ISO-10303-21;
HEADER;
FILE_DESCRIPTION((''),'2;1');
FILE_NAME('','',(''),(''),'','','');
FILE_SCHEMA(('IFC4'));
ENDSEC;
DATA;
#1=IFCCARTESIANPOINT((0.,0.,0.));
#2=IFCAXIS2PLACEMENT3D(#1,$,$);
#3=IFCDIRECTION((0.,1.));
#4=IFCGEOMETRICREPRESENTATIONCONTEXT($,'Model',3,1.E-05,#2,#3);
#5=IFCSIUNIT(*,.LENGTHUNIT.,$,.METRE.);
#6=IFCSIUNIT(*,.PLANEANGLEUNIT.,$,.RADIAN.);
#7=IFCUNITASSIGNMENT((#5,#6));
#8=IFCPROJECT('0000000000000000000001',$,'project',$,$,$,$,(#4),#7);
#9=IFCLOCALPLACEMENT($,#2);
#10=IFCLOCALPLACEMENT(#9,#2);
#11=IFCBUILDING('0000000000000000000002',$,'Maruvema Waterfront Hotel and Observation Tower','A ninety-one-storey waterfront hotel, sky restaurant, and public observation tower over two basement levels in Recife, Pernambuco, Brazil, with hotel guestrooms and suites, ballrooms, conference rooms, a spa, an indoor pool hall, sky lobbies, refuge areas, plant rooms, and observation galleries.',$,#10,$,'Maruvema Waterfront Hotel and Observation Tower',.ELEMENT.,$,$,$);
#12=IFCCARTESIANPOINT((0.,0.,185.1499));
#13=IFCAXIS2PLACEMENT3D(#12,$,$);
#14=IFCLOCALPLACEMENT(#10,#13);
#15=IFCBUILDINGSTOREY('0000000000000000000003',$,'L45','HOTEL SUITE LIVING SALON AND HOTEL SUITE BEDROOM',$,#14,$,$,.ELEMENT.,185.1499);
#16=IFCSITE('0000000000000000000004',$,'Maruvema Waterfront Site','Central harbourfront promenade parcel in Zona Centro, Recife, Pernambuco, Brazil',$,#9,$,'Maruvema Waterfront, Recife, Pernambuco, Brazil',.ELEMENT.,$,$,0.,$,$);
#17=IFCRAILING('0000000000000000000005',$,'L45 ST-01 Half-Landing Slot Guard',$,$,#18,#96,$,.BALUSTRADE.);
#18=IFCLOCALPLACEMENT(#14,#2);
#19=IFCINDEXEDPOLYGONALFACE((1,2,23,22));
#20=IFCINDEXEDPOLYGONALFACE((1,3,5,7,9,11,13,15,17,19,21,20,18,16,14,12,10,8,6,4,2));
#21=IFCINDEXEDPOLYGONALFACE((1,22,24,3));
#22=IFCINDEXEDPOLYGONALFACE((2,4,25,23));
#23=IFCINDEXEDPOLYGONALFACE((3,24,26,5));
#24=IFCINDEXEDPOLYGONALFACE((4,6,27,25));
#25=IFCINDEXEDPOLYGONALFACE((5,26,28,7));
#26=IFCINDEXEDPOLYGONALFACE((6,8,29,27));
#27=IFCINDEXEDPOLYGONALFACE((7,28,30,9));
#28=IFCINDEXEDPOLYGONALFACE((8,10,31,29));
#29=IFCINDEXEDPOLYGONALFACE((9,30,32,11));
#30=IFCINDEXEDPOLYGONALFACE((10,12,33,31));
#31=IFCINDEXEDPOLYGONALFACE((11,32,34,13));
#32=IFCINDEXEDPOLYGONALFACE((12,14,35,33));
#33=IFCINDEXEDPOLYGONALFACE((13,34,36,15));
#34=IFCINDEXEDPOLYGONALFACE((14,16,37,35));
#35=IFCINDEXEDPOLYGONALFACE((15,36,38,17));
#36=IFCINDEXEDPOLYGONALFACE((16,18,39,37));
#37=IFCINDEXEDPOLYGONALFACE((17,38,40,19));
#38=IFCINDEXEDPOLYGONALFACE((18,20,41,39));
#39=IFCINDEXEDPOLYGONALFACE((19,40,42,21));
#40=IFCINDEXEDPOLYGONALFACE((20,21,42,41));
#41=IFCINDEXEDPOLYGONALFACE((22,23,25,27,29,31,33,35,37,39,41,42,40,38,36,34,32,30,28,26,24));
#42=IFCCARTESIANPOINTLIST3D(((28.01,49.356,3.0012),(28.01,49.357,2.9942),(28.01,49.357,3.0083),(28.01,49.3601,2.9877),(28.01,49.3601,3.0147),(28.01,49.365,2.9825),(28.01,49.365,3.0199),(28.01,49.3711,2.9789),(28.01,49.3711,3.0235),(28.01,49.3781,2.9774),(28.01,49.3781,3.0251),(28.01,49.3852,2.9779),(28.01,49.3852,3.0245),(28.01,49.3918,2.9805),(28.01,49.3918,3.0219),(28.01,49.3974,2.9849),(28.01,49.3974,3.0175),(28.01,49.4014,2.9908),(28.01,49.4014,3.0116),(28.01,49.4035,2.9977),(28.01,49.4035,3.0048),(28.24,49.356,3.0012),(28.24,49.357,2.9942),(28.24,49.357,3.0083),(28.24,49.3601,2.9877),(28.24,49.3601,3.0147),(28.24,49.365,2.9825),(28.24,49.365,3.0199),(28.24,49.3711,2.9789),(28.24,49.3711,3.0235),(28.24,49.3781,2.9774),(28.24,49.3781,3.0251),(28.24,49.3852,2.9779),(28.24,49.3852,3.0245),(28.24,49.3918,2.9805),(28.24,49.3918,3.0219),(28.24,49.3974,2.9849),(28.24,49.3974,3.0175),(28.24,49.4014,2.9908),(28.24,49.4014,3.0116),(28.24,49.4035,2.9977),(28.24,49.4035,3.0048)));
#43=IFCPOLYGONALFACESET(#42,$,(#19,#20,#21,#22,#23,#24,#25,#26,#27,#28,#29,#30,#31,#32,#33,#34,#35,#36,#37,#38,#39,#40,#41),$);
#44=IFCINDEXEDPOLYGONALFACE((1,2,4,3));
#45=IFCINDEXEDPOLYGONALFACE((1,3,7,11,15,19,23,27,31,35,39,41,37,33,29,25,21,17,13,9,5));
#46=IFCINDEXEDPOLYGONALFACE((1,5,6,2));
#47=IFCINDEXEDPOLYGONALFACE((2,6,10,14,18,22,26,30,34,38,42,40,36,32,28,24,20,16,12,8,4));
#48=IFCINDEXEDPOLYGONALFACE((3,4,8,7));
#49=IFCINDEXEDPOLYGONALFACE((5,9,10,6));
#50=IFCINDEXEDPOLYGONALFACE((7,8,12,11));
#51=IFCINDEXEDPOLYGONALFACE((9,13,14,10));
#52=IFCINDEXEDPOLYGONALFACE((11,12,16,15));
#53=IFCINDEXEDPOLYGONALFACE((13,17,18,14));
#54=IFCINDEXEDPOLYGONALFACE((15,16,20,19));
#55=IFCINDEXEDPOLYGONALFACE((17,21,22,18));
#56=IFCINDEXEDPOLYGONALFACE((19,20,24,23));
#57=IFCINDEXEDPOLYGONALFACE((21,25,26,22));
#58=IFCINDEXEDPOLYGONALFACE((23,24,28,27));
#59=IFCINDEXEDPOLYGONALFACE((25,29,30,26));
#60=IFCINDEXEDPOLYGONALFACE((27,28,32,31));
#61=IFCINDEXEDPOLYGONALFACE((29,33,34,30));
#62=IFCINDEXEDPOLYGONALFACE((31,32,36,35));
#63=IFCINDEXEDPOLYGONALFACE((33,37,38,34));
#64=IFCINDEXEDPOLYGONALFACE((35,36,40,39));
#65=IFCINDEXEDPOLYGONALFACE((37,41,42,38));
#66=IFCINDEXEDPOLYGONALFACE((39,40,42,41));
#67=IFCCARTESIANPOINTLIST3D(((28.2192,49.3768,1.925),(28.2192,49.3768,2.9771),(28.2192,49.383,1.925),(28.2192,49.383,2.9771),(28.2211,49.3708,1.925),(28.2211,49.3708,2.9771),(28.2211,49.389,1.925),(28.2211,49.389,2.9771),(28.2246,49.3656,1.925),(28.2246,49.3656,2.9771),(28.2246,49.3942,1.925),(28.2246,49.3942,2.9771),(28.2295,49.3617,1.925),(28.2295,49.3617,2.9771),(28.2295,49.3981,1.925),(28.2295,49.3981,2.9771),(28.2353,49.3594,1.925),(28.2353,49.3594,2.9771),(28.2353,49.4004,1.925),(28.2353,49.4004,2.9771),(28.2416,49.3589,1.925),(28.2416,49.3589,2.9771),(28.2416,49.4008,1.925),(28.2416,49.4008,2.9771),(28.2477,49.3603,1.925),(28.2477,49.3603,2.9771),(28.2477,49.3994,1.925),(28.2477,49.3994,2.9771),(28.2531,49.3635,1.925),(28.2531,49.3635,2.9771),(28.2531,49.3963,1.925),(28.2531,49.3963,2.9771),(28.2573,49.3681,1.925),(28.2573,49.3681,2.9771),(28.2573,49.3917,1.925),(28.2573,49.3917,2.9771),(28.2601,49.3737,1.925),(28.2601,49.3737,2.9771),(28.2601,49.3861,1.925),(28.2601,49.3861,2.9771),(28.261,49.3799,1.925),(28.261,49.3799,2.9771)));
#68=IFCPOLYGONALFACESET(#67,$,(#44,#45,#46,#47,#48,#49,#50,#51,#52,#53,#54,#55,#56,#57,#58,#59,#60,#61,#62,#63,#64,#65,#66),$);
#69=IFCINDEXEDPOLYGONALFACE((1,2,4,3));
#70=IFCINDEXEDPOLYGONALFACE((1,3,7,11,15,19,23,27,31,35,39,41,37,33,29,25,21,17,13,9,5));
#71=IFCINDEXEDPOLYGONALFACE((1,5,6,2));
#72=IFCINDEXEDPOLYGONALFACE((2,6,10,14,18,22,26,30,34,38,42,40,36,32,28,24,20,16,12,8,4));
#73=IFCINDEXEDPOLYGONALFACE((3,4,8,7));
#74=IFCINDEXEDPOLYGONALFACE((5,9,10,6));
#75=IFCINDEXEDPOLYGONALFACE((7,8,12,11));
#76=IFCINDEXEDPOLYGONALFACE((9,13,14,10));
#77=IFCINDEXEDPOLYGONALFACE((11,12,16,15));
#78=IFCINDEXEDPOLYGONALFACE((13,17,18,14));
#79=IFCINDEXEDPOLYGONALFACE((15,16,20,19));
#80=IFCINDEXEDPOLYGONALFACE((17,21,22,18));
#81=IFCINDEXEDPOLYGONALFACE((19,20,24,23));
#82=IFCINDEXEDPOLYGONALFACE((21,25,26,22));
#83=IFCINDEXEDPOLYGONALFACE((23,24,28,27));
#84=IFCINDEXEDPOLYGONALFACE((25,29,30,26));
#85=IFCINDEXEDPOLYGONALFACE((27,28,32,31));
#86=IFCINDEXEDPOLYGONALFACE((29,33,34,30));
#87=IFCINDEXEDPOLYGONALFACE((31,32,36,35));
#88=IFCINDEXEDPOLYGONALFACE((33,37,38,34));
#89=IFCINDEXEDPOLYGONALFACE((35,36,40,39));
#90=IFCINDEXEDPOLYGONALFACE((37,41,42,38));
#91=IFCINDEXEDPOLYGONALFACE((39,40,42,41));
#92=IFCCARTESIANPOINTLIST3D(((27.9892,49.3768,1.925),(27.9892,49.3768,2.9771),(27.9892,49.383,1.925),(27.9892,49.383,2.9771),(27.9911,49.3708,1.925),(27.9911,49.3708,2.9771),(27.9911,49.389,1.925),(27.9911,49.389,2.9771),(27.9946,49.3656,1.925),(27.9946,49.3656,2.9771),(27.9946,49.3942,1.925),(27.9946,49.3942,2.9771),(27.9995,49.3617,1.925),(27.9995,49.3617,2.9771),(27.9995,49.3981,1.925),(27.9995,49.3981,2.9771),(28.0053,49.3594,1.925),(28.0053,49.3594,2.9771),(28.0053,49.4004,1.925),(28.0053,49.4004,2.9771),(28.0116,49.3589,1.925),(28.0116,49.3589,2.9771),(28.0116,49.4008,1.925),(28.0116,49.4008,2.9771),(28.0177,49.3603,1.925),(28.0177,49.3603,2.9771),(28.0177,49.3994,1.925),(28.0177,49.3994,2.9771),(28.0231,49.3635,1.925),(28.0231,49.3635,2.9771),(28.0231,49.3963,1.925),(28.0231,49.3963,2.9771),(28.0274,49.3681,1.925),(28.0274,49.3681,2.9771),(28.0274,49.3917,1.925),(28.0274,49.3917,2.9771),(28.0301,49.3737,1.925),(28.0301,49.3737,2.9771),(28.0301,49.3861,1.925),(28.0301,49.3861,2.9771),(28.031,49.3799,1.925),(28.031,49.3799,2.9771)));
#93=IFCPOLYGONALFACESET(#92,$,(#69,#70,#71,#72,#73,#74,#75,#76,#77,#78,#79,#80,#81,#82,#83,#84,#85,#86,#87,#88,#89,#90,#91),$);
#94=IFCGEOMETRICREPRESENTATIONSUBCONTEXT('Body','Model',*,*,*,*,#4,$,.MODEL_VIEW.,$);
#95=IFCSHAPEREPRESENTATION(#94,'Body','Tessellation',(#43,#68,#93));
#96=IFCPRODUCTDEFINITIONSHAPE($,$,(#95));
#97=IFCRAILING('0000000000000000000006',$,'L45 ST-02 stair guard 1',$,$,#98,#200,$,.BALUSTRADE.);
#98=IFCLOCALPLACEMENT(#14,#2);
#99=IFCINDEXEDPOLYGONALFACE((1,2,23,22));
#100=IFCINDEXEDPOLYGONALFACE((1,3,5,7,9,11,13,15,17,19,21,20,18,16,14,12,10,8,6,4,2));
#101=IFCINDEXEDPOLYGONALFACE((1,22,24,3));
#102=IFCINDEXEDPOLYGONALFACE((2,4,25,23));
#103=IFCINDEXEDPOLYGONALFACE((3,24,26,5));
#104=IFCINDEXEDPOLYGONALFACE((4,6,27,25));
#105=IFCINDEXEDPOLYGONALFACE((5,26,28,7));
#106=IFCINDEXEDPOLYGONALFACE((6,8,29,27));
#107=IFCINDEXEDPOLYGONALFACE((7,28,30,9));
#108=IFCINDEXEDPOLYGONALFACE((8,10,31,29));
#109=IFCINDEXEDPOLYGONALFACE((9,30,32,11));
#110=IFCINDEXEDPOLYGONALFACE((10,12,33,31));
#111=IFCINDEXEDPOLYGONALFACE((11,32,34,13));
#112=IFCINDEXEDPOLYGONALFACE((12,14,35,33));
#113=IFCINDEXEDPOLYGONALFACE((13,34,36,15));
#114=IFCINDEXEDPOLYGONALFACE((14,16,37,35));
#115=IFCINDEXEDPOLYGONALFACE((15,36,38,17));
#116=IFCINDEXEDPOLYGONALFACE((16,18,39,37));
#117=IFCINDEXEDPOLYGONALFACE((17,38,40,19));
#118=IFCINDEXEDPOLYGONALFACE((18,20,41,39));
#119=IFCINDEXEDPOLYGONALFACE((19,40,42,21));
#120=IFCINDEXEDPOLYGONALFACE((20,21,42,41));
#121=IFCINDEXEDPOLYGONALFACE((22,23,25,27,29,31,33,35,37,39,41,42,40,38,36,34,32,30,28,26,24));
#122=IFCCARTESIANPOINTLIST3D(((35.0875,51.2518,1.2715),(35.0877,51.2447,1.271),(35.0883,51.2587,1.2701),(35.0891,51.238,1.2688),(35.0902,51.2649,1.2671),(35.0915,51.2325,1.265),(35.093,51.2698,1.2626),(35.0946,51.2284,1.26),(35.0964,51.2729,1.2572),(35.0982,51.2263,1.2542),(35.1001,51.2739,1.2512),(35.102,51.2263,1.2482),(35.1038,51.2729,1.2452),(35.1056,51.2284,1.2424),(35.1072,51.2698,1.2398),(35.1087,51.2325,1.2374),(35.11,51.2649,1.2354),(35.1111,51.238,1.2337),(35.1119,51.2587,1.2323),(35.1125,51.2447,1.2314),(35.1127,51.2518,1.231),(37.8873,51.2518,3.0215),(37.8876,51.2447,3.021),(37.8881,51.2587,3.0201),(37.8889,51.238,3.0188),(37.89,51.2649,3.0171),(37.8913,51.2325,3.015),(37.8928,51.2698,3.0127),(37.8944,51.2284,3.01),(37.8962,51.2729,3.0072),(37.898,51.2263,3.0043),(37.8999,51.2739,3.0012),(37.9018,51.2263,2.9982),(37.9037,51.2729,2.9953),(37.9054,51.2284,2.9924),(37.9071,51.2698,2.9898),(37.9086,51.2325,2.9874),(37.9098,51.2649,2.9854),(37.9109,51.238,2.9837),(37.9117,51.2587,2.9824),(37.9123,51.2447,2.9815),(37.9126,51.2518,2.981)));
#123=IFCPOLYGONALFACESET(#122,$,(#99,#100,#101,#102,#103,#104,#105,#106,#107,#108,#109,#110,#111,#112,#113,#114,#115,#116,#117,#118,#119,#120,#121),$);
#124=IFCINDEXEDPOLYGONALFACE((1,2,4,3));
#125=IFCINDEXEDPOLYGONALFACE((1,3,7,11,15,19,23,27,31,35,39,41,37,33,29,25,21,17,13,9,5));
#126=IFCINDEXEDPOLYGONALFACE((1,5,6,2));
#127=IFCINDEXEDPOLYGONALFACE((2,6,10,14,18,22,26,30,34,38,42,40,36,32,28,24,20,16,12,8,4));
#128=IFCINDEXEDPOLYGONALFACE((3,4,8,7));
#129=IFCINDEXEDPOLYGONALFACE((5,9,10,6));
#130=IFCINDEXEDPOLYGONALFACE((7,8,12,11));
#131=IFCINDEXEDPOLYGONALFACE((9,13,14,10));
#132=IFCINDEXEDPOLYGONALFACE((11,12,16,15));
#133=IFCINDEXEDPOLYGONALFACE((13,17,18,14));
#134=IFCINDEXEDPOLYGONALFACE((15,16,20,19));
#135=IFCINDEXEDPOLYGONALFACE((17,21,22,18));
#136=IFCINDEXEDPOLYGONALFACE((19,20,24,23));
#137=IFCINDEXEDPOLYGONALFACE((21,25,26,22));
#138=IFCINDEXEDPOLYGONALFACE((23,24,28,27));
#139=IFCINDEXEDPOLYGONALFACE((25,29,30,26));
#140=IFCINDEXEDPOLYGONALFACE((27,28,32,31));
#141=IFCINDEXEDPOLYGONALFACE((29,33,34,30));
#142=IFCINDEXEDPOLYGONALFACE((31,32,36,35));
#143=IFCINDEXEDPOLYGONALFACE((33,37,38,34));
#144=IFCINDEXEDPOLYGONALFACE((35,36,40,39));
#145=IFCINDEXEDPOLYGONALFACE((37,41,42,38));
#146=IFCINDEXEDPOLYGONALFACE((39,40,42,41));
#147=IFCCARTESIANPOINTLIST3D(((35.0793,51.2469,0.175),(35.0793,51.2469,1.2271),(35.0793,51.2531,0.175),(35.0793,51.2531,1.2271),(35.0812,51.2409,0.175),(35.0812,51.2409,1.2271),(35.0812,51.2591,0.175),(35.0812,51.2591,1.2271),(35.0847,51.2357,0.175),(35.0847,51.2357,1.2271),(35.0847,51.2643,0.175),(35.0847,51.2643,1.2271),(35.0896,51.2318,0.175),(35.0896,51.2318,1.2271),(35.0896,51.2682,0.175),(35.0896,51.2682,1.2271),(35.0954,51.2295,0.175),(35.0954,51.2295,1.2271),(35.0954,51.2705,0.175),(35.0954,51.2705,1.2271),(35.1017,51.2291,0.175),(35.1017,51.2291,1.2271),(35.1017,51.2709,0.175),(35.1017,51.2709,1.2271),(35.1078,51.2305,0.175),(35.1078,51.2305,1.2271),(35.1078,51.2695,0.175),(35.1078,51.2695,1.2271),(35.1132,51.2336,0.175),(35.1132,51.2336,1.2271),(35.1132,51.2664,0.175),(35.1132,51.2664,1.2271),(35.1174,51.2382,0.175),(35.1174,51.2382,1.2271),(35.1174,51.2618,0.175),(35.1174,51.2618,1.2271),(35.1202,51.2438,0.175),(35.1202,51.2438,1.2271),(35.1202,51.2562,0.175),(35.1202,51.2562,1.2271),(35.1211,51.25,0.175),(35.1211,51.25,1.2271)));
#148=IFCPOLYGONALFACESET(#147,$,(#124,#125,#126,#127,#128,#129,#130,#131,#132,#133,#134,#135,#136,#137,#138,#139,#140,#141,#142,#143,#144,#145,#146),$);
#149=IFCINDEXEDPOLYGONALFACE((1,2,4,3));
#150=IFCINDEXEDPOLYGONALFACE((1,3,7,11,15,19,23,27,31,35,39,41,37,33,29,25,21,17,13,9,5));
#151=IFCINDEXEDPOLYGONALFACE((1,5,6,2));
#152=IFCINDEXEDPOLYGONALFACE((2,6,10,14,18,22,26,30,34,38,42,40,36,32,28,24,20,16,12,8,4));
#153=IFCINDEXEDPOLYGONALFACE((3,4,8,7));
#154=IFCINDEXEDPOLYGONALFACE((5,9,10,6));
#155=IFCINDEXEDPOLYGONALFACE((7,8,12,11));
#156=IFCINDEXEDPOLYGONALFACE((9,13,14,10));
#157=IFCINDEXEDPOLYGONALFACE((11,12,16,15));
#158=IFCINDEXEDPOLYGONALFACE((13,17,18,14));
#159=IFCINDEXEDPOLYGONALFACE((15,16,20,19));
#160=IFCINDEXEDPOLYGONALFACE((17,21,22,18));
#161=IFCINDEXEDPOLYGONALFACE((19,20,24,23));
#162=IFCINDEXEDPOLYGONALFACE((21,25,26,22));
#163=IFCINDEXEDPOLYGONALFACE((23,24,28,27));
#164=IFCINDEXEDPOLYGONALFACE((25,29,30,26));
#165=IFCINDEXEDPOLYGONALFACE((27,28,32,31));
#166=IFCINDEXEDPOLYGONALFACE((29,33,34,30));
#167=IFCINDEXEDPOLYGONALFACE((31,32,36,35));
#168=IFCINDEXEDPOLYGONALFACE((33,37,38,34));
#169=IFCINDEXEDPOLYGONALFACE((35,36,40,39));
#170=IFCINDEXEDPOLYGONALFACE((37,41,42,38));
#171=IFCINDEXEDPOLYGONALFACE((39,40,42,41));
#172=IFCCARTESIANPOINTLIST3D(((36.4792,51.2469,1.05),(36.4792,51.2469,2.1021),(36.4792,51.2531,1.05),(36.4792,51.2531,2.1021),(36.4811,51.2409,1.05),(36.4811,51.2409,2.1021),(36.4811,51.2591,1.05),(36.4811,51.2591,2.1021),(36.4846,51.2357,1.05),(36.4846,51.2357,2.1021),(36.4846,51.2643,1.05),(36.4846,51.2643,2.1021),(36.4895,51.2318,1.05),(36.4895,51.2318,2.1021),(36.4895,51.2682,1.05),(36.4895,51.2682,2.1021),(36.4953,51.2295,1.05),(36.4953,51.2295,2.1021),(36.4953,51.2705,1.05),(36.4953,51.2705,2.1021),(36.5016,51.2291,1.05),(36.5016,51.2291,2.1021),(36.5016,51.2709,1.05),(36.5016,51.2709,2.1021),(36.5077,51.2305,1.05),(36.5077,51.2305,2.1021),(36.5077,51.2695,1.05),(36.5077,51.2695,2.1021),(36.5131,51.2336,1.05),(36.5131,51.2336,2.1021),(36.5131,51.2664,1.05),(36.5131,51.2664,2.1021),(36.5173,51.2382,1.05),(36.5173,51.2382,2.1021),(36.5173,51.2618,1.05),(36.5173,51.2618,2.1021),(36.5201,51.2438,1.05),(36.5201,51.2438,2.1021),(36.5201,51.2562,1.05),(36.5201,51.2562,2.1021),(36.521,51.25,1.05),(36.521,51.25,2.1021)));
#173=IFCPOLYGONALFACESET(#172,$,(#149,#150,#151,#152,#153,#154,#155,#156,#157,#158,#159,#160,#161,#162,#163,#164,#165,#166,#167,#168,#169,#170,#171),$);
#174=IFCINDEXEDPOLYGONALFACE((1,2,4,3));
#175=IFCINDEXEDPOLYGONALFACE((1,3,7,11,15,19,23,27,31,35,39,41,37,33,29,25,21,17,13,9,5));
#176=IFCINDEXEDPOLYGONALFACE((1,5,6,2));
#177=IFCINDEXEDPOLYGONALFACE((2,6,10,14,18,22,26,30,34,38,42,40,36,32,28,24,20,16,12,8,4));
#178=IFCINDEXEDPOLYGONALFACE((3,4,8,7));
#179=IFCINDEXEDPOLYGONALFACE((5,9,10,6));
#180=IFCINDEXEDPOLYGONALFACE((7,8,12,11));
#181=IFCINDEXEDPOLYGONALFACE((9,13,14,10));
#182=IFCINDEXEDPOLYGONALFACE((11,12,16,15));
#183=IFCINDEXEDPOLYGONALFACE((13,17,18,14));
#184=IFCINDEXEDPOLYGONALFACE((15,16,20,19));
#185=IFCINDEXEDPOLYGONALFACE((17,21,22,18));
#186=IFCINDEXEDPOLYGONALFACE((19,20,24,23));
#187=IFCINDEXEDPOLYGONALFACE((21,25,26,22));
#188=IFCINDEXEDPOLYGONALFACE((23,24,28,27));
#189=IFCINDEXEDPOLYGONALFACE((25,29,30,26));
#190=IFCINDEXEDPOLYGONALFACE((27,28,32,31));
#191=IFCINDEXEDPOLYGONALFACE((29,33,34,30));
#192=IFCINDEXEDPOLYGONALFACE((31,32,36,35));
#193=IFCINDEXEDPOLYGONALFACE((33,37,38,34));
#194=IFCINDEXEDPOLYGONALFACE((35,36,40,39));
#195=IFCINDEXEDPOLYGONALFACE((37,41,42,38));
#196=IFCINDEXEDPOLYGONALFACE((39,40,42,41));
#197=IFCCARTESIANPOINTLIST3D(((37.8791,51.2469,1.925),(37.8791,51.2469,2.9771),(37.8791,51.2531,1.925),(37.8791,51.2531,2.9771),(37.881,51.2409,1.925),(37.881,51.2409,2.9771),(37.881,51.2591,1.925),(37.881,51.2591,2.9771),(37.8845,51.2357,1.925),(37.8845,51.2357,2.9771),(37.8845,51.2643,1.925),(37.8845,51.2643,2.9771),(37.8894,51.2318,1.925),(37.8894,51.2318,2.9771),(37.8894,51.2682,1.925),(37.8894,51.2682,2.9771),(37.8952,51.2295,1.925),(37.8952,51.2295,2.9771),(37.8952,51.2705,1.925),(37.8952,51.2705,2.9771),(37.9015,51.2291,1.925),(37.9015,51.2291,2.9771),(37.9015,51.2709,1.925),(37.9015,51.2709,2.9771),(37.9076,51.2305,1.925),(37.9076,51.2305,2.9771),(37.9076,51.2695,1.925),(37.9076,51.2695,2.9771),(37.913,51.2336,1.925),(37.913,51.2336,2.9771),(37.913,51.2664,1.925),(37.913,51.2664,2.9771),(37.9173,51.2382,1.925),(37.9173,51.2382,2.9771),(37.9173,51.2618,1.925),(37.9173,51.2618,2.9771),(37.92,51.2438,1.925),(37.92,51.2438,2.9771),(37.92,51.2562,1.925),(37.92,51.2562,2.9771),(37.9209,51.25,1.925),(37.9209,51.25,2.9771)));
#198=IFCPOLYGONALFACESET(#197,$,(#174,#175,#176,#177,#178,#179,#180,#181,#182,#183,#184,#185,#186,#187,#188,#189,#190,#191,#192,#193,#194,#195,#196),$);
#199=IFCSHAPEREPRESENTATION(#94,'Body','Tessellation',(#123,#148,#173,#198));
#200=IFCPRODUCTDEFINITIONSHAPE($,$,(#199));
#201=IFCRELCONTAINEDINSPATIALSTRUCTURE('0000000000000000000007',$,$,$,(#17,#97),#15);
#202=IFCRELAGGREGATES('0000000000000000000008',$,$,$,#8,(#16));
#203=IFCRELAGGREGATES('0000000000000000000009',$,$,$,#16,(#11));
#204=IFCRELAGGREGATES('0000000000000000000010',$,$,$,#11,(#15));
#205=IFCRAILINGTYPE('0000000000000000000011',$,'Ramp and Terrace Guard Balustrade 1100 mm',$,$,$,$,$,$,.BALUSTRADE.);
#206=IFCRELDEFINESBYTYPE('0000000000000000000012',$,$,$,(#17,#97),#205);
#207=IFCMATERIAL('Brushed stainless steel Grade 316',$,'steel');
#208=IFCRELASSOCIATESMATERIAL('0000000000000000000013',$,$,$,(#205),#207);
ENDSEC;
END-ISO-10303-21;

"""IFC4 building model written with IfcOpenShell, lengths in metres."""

from ifc_helpers import new_model, si_unit, direction, frame, origin, origin_2d, place, context, subcontext, project, spatial, circle, extrude, material, type_object, element, save


model = new_model("IFC4")

# Units and contexts
model_context = context("Model", 3, precision=1e-05, world=origin(), true_north=direction((0.0, 1.0)))
body_context = subcontext(model_context, "Body", "Model", "MODEL_VIEW")
ifc_project = project(units=[si_unit("LENGTHUNIT", "METRE"), si_unit("PLANEANGLEUNIT", "RADIAN")], contexts=[model_context])

# Site, building, storey
site_placement = place(None, origin())
site = spatial("IfcSite", under=ifc_project, at=site_placement, Name="Maruvema Waterfront Site", Description="Central harbourfront promenade parcel in Zona Centro, Recife, Pernambuco, Brazil", LongName="Maruvema Waterfront, Recife, Pernambuco, Brazil", CompositionType="ELEMENT", RefElevation=0.0)
building_placement = place(site_placement, origin())
building = spatial("IfcBuilding", under=site, at=building_placement, Name="Maruvema Waterfront Hotel and Observation Tower", Description="A ninety-one-storey waterfront hotel, sky restaurant, and public observation tower over two basement levels in Recife, Pernambuco, Brazil, with hotel guestrooms and suites, ballrooms, conference rooms, a spa, an indoor pool hall, sky lobbies, refuge areas, plant rooms, and observation galleries.", LongName="Maruvema Waterfront Hotel and Observation Tower", CompositionType="ELEMENT")
storey_placement = place(building_placement, frame((0.0, 0.0, 185.1499)))
storey = spatial("IfcBuildingStorey", under=building, at=storey_placement, Name="L45", Description="HOTEL SUITE LIVING SALON AND HOTEL SUITE BEDROOM", CompositionType="ELEMENT", Elevation=185.1499)

# Railings
ifc_material_1 = material(Name="Brushed stainless steel Grade 316", Category="steel")
railing_type_1 = type_object("IfcRailingType", Name="Ramp and Terrace Guard Balustrade 1100 mm", PredefinedType="BALUSTRADE", material=ifc_material_1)
railing_1_placement = place(storey_placement, frame((28.24, 49.3799, 1.925)))
element("IfcRailing", 1, at=railing_1_placement, inside=storey, type_object=railing_type_1, Name="L45 ST-01 Half-Landing Slot Guard", PredefinedType="BALUSTRADE", context=body_context, shape_type="SweptSolid", body=[
    extrude(circle(Radius=0.0239, at=origin_2d()), frame((0.0, 0.0, 1.0762), z_axis=(-1.0, 0.0, 0.0), x_axis=(0.0, -1.0, 0.0)), (0.0, 0.0, 1.0), 0.23),
    extrude(circle(Radius=0.021, at=origin_2d()), origin(), (0.0, 0.0, 1.0), 1.052),
    extrude(circle(Radius=0.021, at=origin_2d()), frame((-0.23, 0.0, 0.0)), (0.0, 0.0, 1.0), 1.052),
])
railing_2_placement = place(storey_placement, frame((35.1001, 51.25, 0.175)))
element("IfcRailing", 2, at=railing_2_placement, inside=storey, type_object=railing_type_1, Name="L45 ST-02 stair guard 1", PredefinedType="BALUSTRADE", context=body_context, shape_type="SweptSolid", body=[
    extrude(circle(Radius=0.0239, at=origin_2d()), frame((0.0, 0.0, 1.0762), z_axis=(0.847982, 0.0, 0.530026), x_axis=(0.0, 1.0, 0.0)), (0.0, 0.0, 1.0), 3.3018),
    extrude(circle(Radius=0.021, at=origin_2d()), origin(), (0.0, 0.0, 1.0), 1.052),
    extrude(circle(Radius=0.021, at=origin_2d()), frame((1.3999, 0.0, 0.875)), (0.0, 0.0, 1.0), 1.052),
    extrude(circle(Radius=0.021, at=origin_2d()), frame((2.7998, 0.0, 1.75)), (0.0, 0.0, 1.0), 1.052),
])

save(model, "model.ifc")
